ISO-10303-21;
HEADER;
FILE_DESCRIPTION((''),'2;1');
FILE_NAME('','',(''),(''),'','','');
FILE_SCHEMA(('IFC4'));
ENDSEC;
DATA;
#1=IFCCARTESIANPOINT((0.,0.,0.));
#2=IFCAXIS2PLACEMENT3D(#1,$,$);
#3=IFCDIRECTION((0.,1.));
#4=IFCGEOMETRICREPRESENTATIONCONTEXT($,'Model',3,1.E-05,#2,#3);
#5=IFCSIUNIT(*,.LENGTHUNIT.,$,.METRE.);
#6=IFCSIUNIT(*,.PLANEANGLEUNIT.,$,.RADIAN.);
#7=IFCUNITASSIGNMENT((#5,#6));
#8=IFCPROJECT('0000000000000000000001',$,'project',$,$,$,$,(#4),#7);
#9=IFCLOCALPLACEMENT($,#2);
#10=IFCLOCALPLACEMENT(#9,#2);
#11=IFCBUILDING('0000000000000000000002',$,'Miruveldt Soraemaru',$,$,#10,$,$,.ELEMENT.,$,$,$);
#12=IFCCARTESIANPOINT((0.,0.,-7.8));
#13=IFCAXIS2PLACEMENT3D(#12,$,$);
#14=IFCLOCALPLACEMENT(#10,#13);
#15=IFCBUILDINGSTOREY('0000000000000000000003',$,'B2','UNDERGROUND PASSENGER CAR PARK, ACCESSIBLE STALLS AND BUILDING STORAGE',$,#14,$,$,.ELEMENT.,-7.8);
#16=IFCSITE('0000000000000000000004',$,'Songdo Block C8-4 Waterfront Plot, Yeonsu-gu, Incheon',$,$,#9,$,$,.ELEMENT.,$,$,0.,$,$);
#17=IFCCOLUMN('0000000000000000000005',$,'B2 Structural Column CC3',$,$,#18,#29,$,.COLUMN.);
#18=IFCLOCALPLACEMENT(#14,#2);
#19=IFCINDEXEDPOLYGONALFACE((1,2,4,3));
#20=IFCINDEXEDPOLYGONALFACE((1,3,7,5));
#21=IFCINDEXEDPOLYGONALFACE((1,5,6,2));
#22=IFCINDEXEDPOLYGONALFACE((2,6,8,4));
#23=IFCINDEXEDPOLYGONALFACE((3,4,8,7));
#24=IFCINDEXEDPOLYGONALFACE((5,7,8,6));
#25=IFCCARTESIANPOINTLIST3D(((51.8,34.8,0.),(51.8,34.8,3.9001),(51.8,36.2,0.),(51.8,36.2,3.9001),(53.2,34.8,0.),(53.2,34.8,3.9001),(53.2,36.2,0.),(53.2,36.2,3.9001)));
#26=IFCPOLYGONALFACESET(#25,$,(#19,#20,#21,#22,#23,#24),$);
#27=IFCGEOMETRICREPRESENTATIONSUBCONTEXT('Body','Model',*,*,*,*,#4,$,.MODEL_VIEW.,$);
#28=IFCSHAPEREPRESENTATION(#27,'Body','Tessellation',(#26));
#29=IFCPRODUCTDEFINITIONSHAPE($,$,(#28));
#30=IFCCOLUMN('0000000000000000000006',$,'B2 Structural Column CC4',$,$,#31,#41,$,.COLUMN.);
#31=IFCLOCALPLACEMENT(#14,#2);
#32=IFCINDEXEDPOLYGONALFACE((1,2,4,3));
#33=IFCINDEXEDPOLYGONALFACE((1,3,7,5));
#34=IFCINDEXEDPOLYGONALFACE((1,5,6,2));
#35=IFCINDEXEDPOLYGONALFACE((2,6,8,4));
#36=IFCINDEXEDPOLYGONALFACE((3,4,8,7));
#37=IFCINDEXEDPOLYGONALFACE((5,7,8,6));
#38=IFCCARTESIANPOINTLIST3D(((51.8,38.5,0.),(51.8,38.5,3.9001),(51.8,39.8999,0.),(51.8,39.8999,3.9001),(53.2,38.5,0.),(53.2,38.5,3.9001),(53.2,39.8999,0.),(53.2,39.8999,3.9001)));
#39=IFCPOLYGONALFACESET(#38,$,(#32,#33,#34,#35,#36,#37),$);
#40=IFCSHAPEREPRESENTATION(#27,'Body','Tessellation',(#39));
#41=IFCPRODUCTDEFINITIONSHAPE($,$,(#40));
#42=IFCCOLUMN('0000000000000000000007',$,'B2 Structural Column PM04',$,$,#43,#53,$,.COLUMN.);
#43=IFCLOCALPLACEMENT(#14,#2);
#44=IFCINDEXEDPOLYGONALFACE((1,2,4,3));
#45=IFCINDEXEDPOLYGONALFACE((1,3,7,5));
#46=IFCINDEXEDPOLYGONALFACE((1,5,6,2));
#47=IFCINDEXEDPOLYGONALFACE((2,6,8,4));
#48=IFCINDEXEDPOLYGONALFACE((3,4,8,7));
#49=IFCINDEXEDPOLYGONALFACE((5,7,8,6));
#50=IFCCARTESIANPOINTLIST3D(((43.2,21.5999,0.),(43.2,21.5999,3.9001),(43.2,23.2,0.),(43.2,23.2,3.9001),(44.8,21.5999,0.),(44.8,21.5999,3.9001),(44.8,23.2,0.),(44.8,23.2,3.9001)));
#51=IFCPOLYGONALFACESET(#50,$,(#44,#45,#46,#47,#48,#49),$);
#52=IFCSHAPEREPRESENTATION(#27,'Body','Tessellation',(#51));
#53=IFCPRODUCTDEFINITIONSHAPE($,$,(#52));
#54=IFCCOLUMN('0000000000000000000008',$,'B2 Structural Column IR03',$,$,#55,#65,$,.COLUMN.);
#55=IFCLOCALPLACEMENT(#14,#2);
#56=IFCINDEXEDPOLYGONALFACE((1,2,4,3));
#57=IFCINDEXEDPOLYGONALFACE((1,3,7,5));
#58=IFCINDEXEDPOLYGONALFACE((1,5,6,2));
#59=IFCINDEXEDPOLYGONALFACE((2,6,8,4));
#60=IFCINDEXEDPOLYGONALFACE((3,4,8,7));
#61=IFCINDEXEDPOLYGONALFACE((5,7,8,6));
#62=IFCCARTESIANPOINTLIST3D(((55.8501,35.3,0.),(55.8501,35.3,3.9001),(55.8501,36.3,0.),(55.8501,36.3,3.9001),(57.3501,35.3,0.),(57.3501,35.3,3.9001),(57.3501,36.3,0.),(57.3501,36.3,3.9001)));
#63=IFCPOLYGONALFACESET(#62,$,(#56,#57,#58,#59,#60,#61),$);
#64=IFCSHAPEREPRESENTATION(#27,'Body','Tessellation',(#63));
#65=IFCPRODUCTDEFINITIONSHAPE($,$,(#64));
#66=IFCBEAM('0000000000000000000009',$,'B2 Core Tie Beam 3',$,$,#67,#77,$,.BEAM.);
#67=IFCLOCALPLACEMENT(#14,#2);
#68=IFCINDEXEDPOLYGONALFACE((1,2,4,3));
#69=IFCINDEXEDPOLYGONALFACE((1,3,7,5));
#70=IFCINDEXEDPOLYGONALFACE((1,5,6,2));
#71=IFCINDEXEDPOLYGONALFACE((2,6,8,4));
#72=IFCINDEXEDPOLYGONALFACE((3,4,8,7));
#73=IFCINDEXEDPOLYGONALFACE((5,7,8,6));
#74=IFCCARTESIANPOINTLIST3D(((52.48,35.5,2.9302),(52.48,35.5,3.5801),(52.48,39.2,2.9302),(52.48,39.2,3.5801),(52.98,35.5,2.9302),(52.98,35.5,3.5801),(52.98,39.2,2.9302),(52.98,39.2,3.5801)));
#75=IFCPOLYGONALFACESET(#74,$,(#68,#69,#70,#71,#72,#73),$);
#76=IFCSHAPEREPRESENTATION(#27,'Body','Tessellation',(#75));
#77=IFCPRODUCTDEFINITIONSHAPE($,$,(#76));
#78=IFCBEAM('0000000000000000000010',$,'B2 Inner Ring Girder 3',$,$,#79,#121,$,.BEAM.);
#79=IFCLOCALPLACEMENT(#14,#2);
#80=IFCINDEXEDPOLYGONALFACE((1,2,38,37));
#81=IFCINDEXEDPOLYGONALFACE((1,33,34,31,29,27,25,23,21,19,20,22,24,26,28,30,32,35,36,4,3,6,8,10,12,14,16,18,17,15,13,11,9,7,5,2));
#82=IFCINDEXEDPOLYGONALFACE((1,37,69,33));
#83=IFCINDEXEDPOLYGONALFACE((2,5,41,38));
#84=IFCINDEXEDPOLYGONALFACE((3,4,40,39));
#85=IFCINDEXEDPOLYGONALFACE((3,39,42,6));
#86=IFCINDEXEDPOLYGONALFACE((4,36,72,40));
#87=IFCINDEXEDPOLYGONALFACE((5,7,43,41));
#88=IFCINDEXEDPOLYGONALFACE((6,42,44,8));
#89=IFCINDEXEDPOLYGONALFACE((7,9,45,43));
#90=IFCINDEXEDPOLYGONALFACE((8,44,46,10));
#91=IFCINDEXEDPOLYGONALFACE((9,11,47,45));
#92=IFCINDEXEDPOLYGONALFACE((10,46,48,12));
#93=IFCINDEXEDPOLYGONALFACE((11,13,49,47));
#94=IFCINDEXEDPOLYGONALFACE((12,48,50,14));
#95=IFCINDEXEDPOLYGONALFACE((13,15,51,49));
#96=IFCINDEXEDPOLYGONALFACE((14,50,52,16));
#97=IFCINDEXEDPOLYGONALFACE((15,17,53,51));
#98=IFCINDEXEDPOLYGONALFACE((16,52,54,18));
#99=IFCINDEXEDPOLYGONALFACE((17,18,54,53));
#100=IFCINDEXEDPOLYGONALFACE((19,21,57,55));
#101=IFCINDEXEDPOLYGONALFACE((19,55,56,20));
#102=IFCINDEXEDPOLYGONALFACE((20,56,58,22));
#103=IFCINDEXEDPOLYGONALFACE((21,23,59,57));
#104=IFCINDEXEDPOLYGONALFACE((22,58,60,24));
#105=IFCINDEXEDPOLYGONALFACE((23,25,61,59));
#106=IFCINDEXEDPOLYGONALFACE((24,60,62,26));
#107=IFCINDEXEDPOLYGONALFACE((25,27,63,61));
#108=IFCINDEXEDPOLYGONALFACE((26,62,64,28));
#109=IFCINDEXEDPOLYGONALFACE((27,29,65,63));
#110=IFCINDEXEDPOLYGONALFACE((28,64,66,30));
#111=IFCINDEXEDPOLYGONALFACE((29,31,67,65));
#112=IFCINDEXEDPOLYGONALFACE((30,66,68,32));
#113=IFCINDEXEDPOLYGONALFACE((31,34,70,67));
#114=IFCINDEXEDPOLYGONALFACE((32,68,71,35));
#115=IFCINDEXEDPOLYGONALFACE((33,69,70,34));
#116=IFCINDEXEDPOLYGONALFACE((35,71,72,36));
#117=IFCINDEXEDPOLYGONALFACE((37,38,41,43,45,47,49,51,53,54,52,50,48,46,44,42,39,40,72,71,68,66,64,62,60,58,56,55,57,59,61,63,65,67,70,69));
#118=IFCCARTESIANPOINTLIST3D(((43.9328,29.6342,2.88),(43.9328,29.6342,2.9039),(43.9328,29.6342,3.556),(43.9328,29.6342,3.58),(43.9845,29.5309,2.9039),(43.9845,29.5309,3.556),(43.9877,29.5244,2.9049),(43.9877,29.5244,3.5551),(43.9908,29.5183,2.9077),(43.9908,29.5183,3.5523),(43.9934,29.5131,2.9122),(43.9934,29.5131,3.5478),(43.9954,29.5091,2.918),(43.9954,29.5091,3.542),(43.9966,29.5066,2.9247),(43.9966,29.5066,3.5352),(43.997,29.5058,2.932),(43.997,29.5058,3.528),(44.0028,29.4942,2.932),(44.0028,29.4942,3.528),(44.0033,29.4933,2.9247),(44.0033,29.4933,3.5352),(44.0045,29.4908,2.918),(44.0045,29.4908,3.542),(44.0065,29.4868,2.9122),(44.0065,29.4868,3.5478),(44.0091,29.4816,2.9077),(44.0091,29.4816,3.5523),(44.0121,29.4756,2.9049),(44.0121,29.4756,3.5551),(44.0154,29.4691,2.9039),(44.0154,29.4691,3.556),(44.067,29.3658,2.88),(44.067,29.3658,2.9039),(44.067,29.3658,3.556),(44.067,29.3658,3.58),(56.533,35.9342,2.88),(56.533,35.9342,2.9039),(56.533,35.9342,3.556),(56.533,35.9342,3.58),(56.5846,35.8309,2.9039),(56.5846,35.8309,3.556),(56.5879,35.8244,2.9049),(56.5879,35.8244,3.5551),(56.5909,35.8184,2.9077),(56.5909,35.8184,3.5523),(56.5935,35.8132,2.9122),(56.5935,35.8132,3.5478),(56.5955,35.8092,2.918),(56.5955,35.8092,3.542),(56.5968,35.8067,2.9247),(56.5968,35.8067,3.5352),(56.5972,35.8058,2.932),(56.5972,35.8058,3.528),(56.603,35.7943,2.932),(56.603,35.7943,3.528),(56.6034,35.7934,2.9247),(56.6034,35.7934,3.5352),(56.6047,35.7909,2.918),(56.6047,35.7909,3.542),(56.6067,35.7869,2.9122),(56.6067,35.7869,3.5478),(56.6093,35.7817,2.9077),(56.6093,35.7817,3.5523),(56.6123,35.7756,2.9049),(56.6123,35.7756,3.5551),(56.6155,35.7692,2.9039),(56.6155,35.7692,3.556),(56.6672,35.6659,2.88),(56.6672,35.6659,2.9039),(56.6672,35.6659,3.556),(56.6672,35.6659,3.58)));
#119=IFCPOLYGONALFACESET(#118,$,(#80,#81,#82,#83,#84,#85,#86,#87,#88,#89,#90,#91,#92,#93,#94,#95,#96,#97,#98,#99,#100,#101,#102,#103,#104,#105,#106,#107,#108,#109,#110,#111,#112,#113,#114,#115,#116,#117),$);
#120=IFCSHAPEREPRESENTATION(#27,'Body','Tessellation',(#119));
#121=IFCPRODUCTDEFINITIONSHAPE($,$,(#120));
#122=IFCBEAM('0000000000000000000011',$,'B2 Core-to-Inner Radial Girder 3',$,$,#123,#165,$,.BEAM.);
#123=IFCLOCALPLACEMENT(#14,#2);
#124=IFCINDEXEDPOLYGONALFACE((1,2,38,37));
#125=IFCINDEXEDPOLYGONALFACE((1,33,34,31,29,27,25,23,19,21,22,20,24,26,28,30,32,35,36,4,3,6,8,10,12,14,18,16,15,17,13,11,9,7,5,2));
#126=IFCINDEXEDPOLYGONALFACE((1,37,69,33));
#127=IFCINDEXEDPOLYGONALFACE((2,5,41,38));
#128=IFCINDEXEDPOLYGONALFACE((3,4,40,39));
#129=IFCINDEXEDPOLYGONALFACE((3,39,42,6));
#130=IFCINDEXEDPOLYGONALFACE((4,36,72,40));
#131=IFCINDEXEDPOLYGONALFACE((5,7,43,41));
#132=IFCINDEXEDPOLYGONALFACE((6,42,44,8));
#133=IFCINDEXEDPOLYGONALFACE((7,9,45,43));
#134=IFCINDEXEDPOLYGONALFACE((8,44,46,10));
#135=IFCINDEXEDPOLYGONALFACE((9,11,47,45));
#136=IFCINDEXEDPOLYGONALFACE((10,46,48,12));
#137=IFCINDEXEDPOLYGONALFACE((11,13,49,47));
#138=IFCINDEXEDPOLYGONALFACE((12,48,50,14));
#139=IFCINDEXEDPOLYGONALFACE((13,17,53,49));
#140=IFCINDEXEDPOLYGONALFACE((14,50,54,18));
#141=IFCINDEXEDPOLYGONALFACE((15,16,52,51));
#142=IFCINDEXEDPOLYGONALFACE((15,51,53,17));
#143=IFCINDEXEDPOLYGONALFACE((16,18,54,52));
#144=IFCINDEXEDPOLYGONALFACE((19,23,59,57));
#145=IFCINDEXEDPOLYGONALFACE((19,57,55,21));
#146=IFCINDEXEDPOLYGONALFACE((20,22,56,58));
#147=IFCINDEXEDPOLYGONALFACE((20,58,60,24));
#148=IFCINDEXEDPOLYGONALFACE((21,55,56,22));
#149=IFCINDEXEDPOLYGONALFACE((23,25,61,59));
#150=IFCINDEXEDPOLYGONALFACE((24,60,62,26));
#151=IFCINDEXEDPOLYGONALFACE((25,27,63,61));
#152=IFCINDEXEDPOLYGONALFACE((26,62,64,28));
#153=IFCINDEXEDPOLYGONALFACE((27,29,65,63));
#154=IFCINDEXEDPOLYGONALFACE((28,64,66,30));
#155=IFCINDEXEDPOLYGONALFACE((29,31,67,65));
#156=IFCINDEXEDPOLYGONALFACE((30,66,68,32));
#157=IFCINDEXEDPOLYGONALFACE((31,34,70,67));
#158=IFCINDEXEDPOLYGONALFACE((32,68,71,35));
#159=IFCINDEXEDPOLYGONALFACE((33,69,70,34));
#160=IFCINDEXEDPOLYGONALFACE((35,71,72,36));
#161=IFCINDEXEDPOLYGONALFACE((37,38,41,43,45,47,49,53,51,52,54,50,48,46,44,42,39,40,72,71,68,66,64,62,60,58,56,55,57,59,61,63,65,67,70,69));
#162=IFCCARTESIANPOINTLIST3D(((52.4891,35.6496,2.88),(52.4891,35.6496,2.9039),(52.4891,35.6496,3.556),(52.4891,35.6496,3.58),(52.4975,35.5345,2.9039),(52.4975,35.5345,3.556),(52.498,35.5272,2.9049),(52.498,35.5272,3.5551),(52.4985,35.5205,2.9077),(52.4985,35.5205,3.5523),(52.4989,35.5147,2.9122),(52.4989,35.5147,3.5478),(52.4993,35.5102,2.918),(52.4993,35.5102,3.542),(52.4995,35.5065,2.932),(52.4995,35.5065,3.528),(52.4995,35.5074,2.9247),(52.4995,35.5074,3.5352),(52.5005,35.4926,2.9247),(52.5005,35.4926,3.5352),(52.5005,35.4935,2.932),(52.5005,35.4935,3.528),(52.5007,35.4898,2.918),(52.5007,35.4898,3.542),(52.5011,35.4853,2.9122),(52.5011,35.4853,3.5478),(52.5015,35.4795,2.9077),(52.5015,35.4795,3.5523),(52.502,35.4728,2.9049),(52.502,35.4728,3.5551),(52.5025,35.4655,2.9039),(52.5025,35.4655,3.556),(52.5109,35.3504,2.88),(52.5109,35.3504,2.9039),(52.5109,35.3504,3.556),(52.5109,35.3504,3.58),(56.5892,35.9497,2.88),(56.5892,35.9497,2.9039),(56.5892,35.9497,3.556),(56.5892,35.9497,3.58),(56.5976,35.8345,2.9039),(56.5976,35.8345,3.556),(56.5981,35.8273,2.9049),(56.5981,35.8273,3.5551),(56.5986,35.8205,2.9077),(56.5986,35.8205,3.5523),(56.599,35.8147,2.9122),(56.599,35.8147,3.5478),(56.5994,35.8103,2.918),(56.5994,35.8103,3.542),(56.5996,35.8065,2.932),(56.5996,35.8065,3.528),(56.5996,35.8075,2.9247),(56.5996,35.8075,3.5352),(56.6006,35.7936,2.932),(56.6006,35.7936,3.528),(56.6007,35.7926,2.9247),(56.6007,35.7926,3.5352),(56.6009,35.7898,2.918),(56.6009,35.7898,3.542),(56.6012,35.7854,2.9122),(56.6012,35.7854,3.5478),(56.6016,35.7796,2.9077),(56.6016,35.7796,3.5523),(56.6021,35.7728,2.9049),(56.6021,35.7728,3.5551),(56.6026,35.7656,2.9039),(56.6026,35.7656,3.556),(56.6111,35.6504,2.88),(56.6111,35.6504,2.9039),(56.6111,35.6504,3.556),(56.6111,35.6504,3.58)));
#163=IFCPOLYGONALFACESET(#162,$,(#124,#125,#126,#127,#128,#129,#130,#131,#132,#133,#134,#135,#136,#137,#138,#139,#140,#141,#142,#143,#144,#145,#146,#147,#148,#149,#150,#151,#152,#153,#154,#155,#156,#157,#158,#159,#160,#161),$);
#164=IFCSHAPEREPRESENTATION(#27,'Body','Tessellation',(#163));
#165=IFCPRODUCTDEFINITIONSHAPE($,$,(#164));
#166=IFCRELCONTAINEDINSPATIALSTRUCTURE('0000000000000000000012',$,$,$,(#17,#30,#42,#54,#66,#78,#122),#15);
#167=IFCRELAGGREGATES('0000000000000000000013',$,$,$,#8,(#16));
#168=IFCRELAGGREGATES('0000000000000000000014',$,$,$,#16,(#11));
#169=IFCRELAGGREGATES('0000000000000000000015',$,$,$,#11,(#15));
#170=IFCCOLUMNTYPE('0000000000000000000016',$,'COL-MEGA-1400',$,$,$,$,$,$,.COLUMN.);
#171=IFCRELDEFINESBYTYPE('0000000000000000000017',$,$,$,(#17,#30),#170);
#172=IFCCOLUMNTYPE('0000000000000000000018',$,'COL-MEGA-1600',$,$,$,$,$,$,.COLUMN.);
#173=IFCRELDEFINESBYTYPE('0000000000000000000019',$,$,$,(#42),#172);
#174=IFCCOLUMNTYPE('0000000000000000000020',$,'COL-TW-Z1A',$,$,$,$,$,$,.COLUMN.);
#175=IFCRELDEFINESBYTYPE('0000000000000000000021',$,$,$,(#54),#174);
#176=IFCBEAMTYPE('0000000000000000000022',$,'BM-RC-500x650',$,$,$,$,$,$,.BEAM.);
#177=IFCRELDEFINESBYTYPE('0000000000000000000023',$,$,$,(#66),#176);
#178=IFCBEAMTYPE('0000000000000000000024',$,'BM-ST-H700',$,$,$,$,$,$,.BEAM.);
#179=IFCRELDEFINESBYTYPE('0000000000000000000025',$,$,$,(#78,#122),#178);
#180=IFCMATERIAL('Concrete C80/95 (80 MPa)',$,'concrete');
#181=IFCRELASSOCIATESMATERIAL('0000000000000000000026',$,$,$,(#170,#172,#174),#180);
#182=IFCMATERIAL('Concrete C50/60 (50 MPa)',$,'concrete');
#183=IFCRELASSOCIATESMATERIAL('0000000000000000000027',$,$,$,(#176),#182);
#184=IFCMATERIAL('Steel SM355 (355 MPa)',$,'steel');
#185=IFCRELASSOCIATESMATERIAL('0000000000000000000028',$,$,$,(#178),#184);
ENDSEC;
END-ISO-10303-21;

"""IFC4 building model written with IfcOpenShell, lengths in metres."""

from ifc_helpers import new_model, si_unit, direction, frame, origin, origin_2d, place, context, subcontext, project, spatial, rectangle, i_section, extrude, material, material_profile, profile_set, type_object, element, save


model = new_model("IFC4")

# Units and contexts
model_context = context("Model", 3, precision=1e-05, world=origin(), true_north=direction((0.0, 1.0)))
body_context = subcontext(model_context, "Body", "Model", "MODEL_VIEW")
ifc_project = project(units=[si_unit("LENGTHUNIT", "METRE"), si_unit("PLANEANGLEUNIT", "RADIAN")], contexts=[model_context])

# Site, building, storey
site_placement = place(None, origin())
site = spatial("IfcSite", under=ifc_project, at=site_placement, Name="Songdo Block C8-4 Waterfront Plot, Yeonsu-gu, Incheon", CompositionType="ELEMENT", RefElevation=0.0)
building_placement = place(site_placement, origin())
building = spatial("IfcBuilding", under=site, at=building_placement, Name="Miruveldt Soraemaru", CompositionType="ELEMENT")
storey_placement = place(building_placement, frame((0.0, 0.0, -7.8)))
storey = spatial("IfcBuildingStorey", under=building, at=storey_placement, Name="B2", Description="UNDERGROUND PASSENGER CAR PARK, ACCESSIBLE STALLS AND BUILDING STORAGE", CompositionType="ELEMENT", Elevation=-7.8)

# Columns
ifc_material_1 = material(Name="Concrete C80/95 (80 MPa)", Category="concrete")
ifc_material_profile_1 = material_profile(ifc_material_1, rectangle(XDim=1.3999, YDim=1.3999, at=origin_2d()), Name="Concrete C80/95 (80 MPa)", Category="concrete")
ifc_profile_set_1 = profile_set([ifc_material_profile_1], Name="Concrete C80/95 (80 MPa)")
column_type_1 = type_object("IfcColumnType", Name="COL-MEGA-1400", PredefinedType="COLUMN", material=ifc_profile_set_1)
for number, where, z_axis, x_axis, name in (
    (1, (52.5, 35.5, 0.0), (0.0, 0.0, 1.0), (1.0, 0.0, 0.0), "B2 Structural Column CC3"),
    (2, (52.5, 39.2, 0.0), (0.0, 0.0, 1.0), (1.0, 0.0, 0.0), "B2 Structural Column CC4"),
):
    element("IfcColumn", number, at=place(storey_placement, frame(where, z_axis=z_axis, x_axis=x_axis)), inside=storey, type_object=column_type_1, Name=name, PredefinedType="COLUMN", context=body_context, shape_type="SweptSolid", body=[
        extrude(rectangle(XDim=1.3999, YDim=1.3999, at=origin_2d()), origin(), (0.0, 0.0, 1.0), 3.9001),
    ])
ifc_material_profile_2 = material_profile(ifc_material_1, rectangle(XDim=1.6001, YDim=1.6001, at=origin_2d()), Name="Concrete C80/95 (80 MPa)", Category="concrete")
ifc_profile_set_2 = profile_set([ifc_material_profile_2], Name="Concrete C80/95 (80 MPa)")
column_type_2 = type_object("IfcColumnType", Name="COL-MEGA-1600", PredefinedType="COLUMN", material=ifc_profile_set_2)
column_1_placement = place(storey_placement, frame((44.0, 22.3999, 0.0), z_axis=(0.0, 0.0, 1.0), x_axis=(1.0, 0.0, 0.0)))
element("IfcColumn", 3, at=column_1_placement, inside=storey, type_object=column_type_2, Name="B2 Structural Column PM04", PredefinedType="COLUMN", context=body_context, shape_type="SweptSolid", body=[
    extrude(rectangle(XDim=1.6001, YDim=1.6001, at=origin_2d()), origin(), (0.0, 0.0, 1.0), 3.9001),
])
ifc_material_profile_3 = material_profile(ifc_material_1, rectangle(XDim=1.5, YDim=1.0, at=origin_2d()), Name="Concrete C80/95 (80 MPa)", Category="concrete")
ifc_profile_set_3 = profile_set([ifc_material_profile_3], Name="Concrete C80/95 (80 MPa)")
column_type_3 = type_object("IfcColumnType", Name="COL-TW-Z1A", PredefinedType="COLUMN", material=ifc_profile_set_3)
column_2_placement = place(storey_placement, frame((56.6001, 35.8, 0.0), z_axis=(0.0, 0.0, 1.0), x_axis=(1.0, 0.0, 0.0)))
element("IfcColumn", 4, at=column_2_placement, inside=storey, type_object=column_type_3, Name="B2 Structural Column IR03", PredefinedType="COLUMN", context=body_context, shape_type="SweptSolid", body=[
    extrude(rectangle(XDim=1.5, YDim=1.0, at=origin_2d()), origin(), (0.0, 0.0, 1.0), 3.9001),
])

# Beams
ifc_material_2 = material(Name="Concrete C50/60 (50 MPa)", Category="concrete")
ifc_material_profile_4 = material_profile(ifc_material_2, rectangle(XDim=0.5, YDim=0.6499, at=origin_2d()), Name="Concrete C50/60 (50 MPa)", Category="concrete")
ifc_profile_set_4 = profile_set([ifc_material_profile_4], Name="Concrete C50/60 (50 MPa)")
beam_type_1 = type_object("IfcBeamType", Name="BM-RC-500x650", PredefinedType="BEAM", material=ifc_profile_set_4)
beam_1_placement = place(storey_placement, frame((52.73, 35.5, 3.2551), z_axis=(0.0, 1.0, 0.0), x_axis=(-1.0, 0.0, 0.0)))
element("IfcBeam", 5, at=beam_1_placement, inside=storey, type_object=beam_type_1, Name="B2 Core Tie Beam 3", PredefinedType="BEAM", context=body_context, shape_type="SweptSolid", body=[
    extrude(rectangle(XDim=0.5, YDim=0.6499, at=origin_2d()), origin(), (0.0, 0.0, 1.0), 3.7),
])
ifc_material_3 = material(Name="Steel SM355 (355 MPa)", Category="steel")
ifc_material_profile_5 = material_profile(ifc_material_3, i_section(OverallWidth=0.3, OverallDepth=0.7, WebThickness=0.0129, FlangeThickness=0.0239, FilletRadius=0.0281, at=origin_2d()), Name="Steel SM355 (355 MPa)", Category="steel")
ifc_profile_set_5 = profile_set([ifc_material_profile_5], Name="Steel SM355 (355 MPa)")
beam_type_2 = type_object("IfcBeamType", Name="BM-ST-H700", PredefinedType="BEAM", material=ifc_profile_set_5)
beam_2_placement = place(storey_placement, frame((56.6001, 35.8, 3.23), z_axis=(-0.894427, -0.447214, 0.0), x_axis=(0.447214, -0.894427, 0.0)))
element("IfcBeam", 6, at=beam_2_placement, inside=storey, type_object=beam_type_2, Name="B2 Inner Ring Girder 3", PredefinedType="BEAM", context=body_context, shape_type="SweptSolid", body=[
    extrude(i_section(OverallWidth=0.3, OverallDepth=0.7, WebThickness=0.0129, FlangeThickness=0.0239, FilletRadius=0.0281, at=origin_2d()), origin(), (0.0, 0.0, 1.0), 14.0874),
])
beam_3_placement = place(storey_placement, frame((52.5, 35.5, 3.23), z_axis=(0.997333, 0.072986, 0.0), x_axis=(-0.072986, 0.997333, 0.0)))
element("IfcBeam", 7, at=beam_3_placement, inside=storey, type_object=beam_type_2, Name="B2 Core-to-Inner Radial Girder 3", PredefinedType="BEAM", context=body_context, shape_type="SweptSolid", body=[
    extrude(i_section(OverallWidth=0.3, OverallDepth=0.7, WebThickness=0.0129, FlangeThickness=0.0239, FilletRadius=0.0281, at=origin_2d()), origin(), (0.0, 0.0, 1.0), 4.1111),
])

save(model, "model.ifc")
